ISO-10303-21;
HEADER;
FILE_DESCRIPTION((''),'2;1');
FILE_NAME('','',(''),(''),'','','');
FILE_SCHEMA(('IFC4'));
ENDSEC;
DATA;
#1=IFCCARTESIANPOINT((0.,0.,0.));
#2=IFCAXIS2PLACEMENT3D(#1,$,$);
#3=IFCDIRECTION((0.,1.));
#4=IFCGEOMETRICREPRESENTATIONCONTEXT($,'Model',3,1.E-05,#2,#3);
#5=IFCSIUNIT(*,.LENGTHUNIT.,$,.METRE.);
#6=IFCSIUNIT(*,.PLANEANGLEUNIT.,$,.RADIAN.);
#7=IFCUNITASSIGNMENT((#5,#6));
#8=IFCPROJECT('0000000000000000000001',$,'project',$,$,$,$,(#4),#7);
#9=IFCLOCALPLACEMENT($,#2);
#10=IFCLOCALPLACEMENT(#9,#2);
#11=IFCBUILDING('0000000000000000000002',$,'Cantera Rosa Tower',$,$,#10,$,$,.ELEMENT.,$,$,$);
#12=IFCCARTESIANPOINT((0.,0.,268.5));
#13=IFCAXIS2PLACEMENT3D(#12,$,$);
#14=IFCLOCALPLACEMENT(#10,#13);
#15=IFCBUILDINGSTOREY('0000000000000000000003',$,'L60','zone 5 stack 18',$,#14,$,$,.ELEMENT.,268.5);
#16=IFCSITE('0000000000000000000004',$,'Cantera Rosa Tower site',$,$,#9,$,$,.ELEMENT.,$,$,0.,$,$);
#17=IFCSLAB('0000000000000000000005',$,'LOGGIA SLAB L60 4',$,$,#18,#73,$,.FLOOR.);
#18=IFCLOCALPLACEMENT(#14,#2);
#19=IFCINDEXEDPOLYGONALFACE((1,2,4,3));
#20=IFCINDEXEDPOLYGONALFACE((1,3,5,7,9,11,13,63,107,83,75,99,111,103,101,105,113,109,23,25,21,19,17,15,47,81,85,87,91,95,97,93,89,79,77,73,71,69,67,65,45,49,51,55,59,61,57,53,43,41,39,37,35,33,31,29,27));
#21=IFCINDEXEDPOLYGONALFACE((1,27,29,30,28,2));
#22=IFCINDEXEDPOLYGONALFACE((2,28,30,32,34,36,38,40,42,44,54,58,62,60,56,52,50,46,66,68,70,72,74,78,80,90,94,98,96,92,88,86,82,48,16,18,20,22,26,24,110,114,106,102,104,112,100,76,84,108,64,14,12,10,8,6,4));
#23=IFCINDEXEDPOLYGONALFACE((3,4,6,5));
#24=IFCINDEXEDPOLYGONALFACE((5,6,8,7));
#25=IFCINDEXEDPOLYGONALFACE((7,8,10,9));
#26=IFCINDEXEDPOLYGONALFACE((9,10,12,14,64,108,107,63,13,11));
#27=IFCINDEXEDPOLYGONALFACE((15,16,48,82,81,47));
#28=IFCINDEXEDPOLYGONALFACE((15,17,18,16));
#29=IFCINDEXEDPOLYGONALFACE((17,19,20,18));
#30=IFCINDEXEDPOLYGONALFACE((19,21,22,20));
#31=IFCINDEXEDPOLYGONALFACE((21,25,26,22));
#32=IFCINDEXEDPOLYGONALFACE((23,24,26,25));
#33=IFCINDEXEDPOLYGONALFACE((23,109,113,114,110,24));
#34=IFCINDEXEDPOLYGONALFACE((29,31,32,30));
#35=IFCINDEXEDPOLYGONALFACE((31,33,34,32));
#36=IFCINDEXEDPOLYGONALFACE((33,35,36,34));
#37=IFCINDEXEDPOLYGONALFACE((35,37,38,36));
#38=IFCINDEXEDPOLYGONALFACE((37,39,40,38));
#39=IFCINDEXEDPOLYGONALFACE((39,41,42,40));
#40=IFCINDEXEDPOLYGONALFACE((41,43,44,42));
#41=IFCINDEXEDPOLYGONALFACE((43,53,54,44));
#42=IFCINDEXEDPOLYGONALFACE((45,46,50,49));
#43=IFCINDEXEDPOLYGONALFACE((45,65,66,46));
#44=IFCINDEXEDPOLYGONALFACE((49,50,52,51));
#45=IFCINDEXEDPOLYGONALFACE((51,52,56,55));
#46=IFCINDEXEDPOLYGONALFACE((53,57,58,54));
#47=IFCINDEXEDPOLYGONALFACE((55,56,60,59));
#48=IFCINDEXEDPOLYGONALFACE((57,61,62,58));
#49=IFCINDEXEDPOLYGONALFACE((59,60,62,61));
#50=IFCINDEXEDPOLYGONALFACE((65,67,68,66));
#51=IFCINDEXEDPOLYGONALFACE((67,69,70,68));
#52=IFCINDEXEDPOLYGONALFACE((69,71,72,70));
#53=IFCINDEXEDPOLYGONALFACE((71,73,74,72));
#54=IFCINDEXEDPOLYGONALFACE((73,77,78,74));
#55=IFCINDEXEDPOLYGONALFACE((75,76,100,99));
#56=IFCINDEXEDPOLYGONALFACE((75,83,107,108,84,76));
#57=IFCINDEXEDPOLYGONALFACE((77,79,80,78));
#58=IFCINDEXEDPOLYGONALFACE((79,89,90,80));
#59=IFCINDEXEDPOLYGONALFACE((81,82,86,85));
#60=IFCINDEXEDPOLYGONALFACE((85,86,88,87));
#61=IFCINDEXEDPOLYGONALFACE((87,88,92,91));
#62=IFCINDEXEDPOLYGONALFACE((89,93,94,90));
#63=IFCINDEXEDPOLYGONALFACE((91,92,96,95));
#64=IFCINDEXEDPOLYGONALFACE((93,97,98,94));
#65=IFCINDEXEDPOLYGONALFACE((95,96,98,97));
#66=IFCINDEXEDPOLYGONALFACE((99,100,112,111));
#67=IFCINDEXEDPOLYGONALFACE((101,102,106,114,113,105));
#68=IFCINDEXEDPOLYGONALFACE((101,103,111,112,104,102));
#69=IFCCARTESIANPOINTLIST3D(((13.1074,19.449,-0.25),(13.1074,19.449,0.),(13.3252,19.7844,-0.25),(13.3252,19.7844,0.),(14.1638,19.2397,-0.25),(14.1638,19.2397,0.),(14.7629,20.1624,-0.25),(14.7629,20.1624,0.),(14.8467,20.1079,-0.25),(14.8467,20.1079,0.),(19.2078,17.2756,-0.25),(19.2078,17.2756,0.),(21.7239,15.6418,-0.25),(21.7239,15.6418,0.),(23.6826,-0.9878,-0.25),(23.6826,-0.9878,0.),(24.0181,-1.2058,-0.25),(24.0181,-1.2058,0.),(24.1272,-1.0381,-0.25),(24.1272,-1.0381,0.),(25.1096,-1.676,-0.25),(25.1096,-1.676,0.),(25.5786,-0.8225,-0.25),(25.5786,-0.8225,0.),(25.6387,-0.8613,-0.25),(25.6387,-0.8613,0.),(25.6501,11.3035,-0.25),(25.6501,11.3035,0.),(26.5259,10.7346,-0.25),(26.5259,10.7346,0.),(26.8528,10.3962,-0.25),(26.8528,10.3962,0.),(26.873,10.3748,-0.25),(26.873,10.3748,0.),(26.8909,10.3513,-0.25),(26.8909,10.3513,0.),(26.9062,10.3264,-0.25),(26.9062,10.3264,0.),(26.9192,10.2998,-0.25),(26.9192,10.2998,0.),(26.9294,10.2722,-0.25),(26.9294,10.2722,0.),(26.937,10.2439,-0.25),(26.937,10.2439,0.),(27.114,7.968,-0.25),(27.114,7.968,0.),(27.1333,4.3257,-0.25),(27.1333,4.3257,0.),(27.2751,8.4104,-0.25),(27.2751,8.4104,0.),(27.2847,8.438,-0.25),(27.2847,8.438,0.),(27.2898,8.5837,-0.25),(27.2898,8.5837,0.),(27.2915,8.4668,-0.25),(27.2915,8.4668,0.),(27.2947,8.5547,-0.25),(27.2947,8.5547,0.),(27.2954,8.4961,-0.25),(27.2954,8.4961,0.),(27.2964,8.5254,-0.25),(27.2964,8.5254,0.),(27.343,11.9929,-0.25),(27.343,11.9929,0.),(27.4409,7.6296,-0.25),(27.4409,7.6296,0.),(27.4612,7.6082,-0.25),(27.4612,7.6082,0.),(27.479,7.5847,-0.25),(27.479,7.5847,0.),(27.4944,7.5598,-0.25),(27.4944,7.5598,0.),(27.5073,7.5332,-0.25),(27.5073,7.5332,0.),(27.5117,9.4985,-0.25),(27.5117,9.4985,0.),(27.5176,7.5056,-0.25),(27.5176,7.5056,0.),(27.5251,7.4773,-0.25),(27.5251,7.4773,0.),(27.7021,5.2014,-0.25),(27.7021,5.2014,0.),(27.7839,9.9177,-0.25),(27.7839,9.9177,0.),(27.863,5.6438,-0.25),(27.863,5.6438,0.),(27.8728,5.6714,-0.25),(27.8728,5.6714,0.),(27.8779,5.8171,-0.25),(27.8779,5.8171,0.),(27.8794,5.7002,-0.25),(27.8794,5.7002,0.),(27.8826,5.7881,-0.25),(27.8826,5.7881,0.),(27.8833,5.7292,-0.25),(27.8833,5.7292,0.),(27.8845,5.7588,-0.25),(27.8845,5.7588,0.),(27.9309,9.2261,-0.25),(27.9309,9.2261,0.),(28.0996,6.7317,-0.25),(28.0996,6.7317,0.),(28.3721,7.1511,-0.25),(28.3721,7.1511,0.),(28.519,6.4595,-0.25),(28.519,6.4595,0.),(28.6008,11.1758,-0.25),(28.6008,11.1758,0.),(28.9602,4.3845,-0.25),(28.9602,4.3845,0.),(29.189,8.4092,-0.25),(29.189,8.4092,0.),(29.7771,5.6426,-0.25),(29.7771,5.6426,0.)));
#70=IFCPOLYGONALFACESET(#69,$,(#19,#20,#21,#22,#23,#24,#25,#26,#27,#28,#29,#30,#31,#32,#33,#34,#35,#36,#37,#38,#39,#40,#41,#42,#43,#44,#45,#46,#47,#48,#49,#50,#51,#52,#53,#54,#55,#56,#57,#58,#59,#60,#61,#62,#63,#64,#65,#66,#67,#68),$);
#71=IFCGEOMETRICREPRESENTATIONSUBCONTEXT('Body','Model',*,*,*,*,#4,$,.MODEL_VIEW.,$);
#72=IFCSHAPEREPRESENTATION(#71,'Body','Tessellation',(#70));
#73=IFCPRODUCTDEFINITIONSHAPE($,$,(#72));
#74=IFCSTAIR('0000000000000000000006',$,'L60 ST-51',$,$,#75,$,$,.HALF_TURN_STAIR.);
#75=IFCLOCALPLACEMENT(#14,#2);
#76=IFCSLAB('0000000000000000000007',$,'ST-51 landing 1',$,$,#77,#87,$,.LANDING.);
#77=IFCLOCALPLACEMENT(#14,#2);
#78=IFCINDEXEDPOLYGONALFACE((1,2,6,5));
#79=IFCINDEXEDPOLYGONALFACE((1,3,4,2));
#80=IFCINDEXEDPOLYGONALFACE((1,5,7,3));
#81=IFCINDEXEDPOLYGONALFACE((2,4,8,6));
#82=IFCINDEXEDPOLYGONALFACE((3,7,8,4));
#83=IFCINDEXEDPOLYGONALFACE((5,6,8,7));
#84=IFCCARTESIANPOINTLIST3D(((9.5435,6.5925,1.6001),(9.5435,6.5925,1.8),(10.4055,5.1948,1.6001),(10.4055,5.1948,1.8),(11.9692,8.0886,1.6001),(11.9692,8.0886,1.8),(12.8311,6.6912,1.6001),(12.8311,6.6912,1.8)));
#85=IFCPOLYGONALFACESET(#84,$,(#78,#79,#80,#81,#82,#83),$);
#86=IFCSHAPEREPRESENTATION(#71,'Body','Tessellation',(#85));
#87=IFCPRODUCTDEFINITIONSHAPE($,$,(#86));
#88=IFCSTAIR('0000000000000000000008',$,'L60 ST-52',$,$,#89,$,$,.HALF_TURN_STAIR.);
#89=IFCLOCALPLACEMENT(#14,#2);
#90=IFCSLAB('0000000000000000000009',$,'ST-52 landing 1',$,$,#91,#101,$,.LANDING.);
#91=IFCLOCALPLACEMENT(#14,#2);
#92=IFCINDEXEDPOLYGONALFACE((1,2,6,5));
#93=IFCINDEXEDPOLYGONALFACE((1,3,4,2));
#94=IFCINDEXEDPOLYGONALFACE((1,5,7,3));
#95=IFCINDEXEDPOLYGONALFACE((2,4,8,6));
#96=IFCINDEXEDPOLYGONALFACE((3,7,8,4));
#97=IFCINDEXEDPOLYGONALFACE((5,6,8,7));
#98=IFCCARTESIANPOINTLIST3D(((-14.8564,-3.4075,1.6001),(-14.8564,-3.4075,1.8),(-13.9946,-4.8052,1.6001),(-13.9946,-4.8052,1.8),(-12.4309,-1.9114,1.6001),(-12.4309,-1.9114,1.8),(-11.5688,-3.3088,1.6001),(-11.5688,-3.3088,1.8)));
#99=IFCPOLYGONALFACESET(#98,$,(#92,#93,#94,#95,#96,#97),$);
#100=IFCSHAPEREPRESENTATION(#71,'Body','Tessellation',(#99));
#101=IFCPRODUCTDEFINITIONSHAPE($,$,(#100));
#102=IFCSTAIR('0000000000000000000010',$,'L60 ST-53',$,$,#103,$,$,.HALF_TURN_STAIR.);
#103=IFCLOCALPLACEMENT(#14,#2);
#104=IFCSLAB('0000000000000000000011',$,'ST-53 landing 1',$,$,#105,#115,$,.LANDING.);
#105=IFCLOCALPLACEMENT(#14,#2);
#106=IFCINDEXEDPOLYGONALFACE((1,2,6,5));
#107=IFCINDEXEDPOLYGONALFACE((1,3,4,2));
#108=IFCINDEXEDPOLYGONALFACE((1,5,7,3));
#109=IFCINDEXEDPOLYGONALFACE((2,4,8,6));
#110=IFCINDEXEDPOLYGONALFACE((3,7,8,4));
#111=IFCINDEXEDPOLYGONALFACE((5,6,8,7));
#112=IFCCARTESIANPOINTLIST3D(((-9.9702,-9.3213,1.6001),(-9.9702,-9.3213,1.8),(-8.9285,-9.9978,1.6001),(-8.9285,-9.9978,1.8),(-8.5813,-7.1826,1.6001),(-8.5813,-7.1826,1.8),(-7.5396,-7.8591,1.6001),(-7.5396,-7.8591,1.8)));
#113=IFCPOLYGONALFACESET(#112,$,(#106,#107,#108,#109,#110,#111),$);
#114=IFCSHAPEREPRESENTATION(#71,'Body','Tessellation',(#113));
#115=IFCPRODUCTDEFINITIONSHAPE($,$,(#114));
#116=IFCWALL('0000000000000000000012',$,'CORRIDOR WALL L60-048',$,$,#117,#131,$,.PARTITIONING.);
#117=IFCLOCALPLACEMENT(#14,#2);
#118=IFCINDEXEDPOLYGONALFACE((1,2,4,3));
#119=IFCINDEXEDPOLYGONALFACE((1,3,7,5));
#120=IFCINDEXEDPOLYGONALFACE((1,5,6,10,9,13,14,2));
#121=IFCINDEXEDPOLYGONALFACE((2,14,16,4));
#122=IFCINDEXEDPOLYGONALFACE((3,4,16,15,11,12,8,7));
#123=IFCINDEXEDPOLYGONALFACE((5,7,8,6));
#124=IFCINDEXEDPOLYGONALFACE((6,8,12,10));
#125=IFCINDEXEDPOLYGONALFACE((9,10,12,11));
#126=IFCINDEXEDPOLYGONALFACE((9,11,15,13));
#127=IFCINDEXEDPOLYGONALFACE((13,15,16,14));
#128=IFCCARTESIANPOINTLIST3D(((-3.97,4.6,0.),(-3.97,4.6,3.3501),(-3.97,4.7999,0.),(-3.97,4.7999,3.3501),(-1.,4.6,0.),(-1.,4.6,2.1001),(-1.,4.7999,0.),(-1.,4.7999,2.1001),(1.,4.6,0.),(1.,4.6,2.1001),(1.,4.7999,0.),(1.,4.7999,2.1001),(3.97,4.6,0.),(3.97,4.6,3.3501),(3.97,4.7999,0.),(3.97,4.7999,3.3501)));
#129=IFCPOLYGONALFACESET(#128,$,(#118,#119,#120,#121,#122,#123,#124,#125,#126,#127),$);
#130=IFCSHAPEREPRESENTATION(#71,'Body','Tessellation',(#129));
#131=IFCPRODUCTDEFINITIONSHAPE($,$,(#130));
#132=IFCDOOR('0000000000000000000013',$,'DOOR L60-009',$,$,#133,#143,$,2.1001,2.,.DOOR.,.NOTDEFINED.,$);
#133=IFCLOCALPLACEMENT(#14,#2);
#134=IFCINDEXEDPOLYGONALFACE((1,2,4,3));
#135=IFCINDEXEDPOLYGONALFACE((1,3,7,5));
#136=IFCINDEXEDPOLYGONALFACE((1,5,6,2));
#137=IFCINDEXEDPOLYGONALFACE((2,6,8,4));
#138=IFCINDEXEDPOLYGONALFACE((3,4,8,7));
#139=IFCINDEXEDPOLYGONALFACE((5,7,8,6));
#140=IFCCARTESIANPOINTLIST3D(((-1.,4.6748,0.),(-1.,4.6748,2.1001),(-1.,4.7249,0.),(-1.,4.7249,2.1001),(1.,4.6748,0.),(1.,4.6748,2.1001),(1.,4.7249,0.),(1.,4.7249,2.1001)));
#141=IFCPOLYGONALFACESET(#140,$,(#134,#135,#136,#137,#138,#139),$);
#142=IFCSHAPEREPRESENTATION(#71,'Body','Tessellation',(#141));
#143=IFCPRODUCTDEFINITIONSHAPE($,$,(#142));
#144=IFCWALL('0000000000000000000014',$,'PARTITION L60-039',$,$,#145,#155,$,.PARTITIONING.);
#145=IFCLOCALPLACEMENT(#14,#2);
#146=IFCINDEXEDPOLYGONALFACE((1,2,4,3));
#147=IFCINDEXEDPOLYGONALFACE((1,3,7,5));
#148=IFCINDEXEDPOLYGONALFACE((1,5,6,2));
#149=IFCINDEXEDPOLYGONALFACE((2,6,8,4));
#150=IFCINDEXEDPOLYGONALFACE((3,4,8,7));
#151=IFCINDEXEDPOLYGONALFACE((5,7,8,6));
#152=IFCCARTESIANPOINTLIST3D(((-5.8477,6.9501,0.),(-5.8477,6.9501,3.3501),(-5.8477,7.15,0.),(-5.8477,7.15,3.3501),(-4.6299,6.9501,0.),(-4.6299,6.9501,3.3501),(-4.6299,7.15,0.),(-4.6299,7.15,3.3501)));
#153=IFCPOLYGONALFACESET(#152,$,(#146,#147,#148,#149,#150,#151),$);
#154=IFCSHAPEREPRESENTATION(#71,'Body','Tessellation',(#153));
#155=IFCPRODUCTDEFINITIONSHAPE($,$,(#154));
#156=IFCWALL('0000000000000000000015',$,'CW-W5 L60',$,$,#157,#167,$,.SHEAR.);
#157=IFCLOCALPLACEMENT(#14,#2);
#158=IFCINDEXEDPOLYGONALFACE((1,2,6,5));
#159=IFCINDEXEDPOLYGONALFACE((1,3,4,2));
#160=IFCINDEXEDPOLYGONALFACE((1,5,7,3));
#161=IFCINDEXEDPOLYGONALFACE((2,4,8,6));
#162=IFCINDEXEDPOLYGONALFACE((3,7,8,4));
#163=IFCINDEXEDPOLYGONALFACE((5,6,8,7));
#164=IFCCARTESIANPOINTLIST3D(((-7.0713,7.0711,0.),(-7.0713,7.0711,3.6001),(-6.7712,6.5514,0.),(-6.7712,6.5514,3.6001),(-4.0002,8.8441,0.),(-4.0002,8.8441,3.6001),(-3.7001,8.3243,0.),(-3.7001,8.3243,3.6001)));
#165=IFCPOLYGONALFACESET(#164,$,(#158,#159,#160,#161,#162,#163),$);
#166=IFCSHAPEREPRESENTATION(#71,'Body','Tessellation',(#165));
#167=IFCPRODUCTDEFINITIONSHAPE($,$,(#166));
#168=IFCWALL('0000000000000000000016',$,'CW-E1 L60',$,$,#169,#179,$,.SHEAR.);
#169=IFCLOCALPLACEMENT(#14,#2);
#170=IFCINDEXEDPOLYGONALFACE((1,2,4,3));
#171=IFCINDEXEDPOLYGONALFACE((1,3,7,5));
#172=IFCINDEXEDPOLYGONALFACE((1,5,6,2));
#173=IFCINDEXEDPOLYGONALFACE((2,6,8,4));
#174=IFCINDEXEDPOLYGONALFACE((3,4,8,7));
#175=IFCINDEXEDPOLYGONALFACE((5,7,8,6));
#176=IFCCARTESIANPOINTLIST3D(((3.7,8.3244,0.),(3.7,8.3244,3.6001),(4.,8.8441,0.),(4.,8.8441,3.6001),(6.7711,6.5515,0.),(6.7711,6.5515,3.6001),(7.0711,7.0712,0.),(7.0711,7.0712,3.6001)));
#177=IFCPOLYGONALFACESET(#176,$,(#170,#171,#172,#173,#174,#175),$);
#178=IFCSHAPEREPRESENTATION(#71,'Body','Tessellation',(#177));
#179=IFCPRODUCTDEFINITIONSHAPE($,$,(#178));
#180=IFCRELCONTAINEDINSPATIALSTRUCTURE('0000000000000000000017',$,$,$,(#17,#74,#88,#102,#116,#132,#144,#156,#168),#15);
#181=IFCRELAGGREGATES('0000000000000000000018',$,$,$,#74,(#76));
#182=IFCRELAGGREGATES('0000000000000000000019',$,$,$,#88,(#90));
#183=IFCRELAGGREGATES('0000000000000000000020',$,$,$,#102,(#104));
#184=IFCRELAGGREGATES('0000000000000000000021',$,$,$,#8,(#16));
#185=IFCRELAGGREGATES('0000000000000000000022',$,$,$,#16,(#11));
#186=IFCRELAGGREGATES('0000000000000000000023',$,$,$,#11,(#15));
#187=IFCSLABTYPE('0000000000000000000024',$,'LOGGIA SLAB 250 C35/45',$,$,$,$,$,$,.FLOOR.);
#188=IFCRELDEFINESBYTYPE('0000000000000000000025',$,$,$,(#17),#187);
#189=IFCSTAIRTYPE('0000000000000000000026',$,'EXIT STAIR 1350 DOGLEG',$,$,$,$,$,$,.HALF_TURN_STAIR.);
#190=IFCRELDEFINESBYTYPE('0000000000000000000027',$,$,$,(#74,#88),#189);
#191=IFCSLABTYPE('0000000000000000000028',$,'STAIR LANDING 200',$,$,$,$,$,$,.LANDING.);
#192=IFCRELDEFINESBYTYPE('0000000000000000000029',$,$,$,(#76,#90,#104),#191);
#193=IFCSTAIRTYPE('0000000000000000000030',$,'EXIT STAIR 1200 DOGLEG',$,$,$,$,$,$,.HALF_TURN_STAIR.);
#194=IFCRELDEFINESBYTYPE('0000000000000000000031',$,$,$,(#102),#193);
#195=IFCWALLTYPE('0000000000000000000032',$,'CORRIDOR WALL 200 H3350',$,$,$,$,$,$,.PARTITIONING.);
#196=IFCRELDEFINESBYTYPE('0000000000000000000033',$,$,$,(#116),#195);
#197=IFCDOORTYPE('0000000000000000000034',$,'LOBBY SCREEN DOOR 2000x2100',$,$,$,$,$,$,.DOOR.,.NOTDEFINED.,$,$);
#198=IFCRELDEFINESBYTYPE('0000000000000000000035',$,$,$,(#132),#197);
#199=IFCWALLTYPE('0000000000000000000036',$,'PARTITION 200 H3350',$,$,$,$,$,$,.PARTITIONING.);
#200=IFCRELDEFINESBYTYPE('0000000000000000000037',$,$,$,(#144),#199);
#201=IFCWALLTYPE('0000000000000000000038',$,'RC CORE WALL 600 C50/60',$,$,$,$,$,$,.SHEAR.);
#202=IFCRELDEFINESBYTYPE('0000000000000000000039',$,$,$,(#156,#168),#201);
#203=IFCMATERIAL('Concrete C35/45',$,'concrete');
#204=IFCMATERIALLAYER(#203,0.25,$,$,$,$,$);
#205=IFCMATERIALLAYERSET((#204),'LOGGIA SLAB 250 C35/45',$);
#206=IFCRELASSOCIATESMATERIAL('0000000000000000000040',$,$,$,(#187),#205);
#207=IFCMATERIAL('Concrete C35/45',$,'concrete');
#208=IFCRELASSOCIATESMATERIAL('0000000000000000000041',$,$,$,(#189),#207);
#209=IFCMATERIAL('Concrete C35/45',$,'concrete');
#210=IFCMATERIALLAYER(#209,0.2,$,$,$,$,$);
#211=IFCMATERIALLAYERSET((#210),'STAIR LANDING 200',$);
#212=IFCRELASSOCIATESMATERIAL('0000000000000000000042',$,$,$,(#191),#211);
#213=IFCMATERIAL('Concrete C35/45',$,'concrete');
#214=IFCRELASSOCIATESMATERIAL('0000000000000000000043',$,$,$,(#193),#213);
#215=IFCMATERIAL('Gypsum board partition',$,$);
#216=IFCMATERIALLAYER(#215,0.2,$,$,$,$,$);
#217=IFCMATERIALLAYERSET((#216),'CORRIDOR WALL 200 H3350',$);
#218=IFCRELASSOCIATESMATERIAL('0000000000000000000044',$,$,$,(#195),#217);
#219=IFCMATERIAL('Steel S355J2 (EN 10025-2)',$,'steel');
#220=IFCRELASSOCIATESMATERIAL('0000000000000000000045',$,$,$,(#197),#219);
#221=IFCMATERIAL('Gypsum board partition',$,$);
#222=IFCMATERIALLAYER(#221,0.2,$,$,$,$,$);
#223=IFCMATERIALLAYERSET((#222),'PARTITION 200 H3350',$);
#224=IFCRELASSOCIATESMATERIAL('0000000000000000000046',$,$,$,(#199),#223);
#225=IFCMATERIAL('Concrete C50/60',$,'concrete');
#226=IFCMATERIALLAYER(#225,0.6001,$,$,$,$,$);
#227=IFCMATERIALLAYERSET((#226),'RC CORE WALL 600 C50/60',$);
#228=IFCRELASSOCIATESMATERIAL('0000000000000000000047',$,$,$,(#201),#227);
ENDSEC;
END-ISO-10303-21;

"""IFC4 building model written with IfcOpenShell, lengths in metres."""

from ifc_helpers import new_model, si_unit, direction, frame, frame_2d, origin, place, context, subcontext, project, spatial, polyline, rectangle, outline, extrude, material, layer, layer_set, type_object, element, fill, aggregate, save


model = new_model("IFC4")

# Units and contexts
model_context = context("Model", 3, precision=1e-05, world=origin(), true_north=direction((0.0, 1.0)))
body_context = subcontext(model_context, "Body", "Model", "MODEL_VIEW")
ifc_project = project(units=[si_unit("LENGTHUNIT", "METRE"), si_unit("PLANEANGLEUNIT", "RADIAN")], contexts=[model_context])

# Site, building, storey
site_placement = place(None, origin())
site = spatial("IfcSite", under=ifc_project, at=site_placement, Name="Cantera Rosa Tower site", CompositionType="ELEMENT", RefElevation=0.0)
building_placement = place(site_placement, origin())
building = spatial("IfcBuilding", under=site, at=building_placement, Name="Cantera Rosa Tower", CompositionType="ELEMENT")
storey_placement = place(building_placement, frame((0.0, 0.0, 268.5)))
storey = spatial("IfcBuildingStorey", under=building, at=storey_placement, Name="L60", Description="zone 5 stack 18", CompositionType="ELEMENT", Elevation=268.5)

# Slab
ifc_material_1 = material(Name="Concrete C35/45", Category="concrete")
ifc_layer_1 = layer(ifc_material_1, 0.25)
ifc_layer_set_1 = layer_set([ifc_layer_1], Name="LOGGIA SLAB 250 C35/45")
slab_type_1 = type_object("IfcSlabType", Name="LOGGIA SLAB 250 C35/45", PredefinedType="FLOOR", material=ifc_layer_set_1)
slab_1_placement = place(storey_placement, frame((0.0, 0.0, -0.25)))
element("IfcSlab", 1, at=slab_1_placement, inside=storey, type_object=slab_type_1, Name="LOGGIA SLAB L60 4", PredefinedType="FLOOR", context=body_context, shape_type="SweptSolid", body=[
    extrude(outline(polyline([(21.7239, 15.6418), (27.343, 11.9929), (28.6008, 11.1758), (27.7839, 9.9177), (27.5117, 9.4985), (27.9309, 9.2261), (29.189, 8.4092), (28.3721, 7.1511), (28.0996, 6.7317), (28.519, 6.4595), (29.7771, 5.6426), (28.9602, 4.3845), (25.5786, -0.8225), (25.6387, -0.8613), (25.1096, -1.676), (24.1272, -1.0381), (24.0181, -1.2058), (23.6826, -0.9878), (27.1333, 4.3257), (27.7021, 5.2014), (27.863, 5.6438), (27.8728, 5.6714), (27.8794, 5.7002), (27.8833, 5.7292), (27.8845, 5.7588), (27.8826, 5.7881), (27.8779, 5.8171), (27.5251, 7.4773), (27.5176, 7.5056), (27.5073, 7.5332), (27.4944, 7.5598), (27.479, 7.5847), (27.4612, 7.6082), (27.4409, 7.6296), (27.114, 7.968), (27.2751, 8.4104), (27.2847, 8.438), (27.2915, 8.4668), (27.2954, 8.4961), (27.2964, 8.5254), (27.2947, 8.5547), (27.2898, 8.5837), (26.937, 10.2439), (26.9294, 10.2722), (26.9192, 10.2998), (26.9062, 10.3264), (26.8909, 10.3513), (26.873, 10.3748), (26.8528, 10.3962), (26.5259, 10.7346), (25.6501, 11.3035), (13.1074, 19.449), (13.3252, 19.7844), (14.1638, 19.2397), (14.7629, 20.1624), (14.8467, 20.1079), (19.2078, 17.2756), (21.7239, 15.6418)])), origin(), (0.0, 0.0, 1.0), 0.25),
])

# Stairs, slabs
ifc_material_2 = material(Name="Concrete C35/45", Category="concrete")
stair_type_1 = type_object("IfcStairType", Name="EXIT STAIR 1350 DOGLEG", PredefinedType="HALF_TURN_STAIR", material=ifc_material_2)
stair_1_placement = place(storey_placement, origin())
stair_1 = element("IfcStair", 2, at=stair_1_placement, inside=storey, type_object=stair_type_1, Name="L60 ST-51", PredefinedType="HALF_TURN_STAIR")
ifc_material_3 = material(Name="Concrete C35/45", Category="concrete")
ifc_layer_2 = layer(ifc_material_3, 0.2)
ifc_layer_set_2 = layer_set([ifc_layer_2], Name="STAIR LANDING 200")
slab_type_2 = type_object("IfcSlabType", Name="STAIR LANDING 200", PredefinedType="LANDING", material=ifc_layer_set_2)
slab_2_placement = place(storey_placement, frame((0.0, 0.0, 1.6001)))
slab_2 = element("IfcSlab", 3, at=slab_2_placement, type_object=slab_type_2, Name="ST-51 landing 1", PredefinedType="LANDING", context=body_context, shape_type="SweptSolid", body=[
    extrude(outline(polyline([(12.8311, 6.6912), (11.9692, 8.0886), (9.5435, 6.5925), (10.4055, 5.1948), (12.8311, 6.6912)])), origin(), (0.0, 0.0, 1.0), 0.2),
])
aggregate(stair_1, [slab_2])
stair_2_placement = place(storey_placement, origin())
stair_2 = element("IfcStair", 4, at=stair_2_placement, inside=storey, type_object=stair_type_1, Name="L60 ST-52", PredefinedType="HALF_TURN_STAIR")
slab_3_placement = place(storey_placement, frame((0.0, 0.0, 1.6001)))
slab_3 = element("IfcSlab", 5, at=slab_3_placement, type_object=slab_type_2, Name="ST-52 landing 1", PredefinedType="LANDING", context=body_context, shape_type="SweptSolid", body=[
    extrude(outline(polyline([(-11.5688, -3.3088), (-12.4309, -1.9114), (-14.8564, -3.4075), (-13.9946, -4.8052), (-11.5688, -3.3088)])), origin(), (0.0, 0.0, 1.0), 0.2),
])
aggregate(stair_2, [slab_3])
ifc_material_4 = material(Name="Concrete C35/45", Category="concrete")
stair_type_2 = type_object("IfcStairType", Name="EXIT STAIR 1200 DOGLEG", PredefinedType="HALF_TURN_STAIR", material=ifc_material_4)
stair_3_placement = place(storey_placement, origin())
stair_3 = element("IfcStair", 6, at=stair_3_placement, inside=storey, type_object=stair_type_2, Name="L60 ST-53", PredefinedType="HALF_TURN_STAIR")
slab_4_placement = place(storey_placement, frame((0.0, 0.0, 1.6001)))
slab_4 = element("IfcSlab", 7, at=slab_4_placement, type_object=slab_type_2, Name="ST-53 landing 1", PredefinedType="LANDING", context=body_context, shape_type="SweptSolid", body=[
    extrude(outline(polyline([(-7.5396, -7.8591), (-8.5813, -7.1826), (-9.9702, -9.3213), (-8.9285, -9.9978), (-7.5396, -7.8591)])), origin(), (0.0, 0.0, 1.0), 0.2),
])
aggregate(stair_3, [slab_4])

# Wall, opening, door
ifc_material_5 = material(Name="Gypsum board partition")
ifc_layer_3 = layer(ifc_material_5, 0.2)
ifc_layer_set_3 = layer_set([ifc_layer_3], Name="CORRIDOR WALL 200 H3350")
wall_type_1 = type_object("IfcWallType", Name="CORRIDOR WALL 200 H3350", PredefinedType="PARTITIONING", material=ifc_layer_set_3)
wall_1_placement = place(storey_placement, frame((-3.97, 4.7, 0.0), z_axis=(0.0, 0.0, 1.0), x_axis=(1.0, 0.0, 0.0)))
wall_1 = element("IfcWall", 8, at=wall_1_placement, inside=storey, type_object=wall_type_1, Name="CORRIDOR WALL L60-048", PredefinedType="PARTITIONING", context=body_context, shape_type="SweptSolid", body=[
    extrude(rectangle(XDim=7.9399, YDim=0.2, at=frame_2d((3.97, 0.0))), origin(), (0.0, 0.0, 1.0), 3.3501),
])
opening_placement = place(wall_1_placement, frame((2.97, 0.0, 0.0)))
opening = element("IfcOpeningElement", 9, at=opening_placement, cuts=wall_1, PredefinedType="OPENING", context=body_context, shape_type="SweptSolid", body=[
    extrude(rectangle(XDim=2.0, YDim=2.1001, at=frame_2d((1.0, 1.05))), frame((0.0, 0.1099, 0.0), z_axis=(0.0, -1.0, 0.0), x_axis=(1.0, 0.0, 0.0)), (0.0, 0.0, 1.0), 0.22),
])
ifc_material_6 = material(Name="Steel S355J2 (EN 10025-2)", Category="steel")
door_type = type_object("IfcDoorType", Name="LOBBY SCREEN DOOR 2000x2100", OperationType="NOTDEFINED", PredefinedType="DOOR", material=ifc_material_6)
door_placement = place(opening_placement, origin())
door = element("IfcDoor", 10, at=door_placement, inside=storey, type_object=door_type, Name="DOOR L60-009", OperationType="NOTDEFINED", OverallHeight=2.1001, OverallWidth=2.0, PredefinedType="DOOR", context=body_context, shape_type="SweptSolid", body=[
    extrude(rectangle(XDim=2.0, YDim=2.1001, at=frame_2d((1.0, 1.05))), frame((0.0, 0.0249, 0.0), z_axis=(0.0, -1.0, 0.0), x_axis=(1.0, 0.0, 0.0)), (0.0, 0.0, 1.0), 0.05),
])
fill(opening, door)

# Walls
ifc_material_7 = material(Name="Gypsum board partition")
ifc_layer_4 = layer(ifc_material_7, 0.2)
ifc_layer_set_4 = layer_set([ifc_layer_4], Name="PARTITION 200 H3350")
wall_type_2 = type_object("IfcWallType", Name="PARTITION 200 H3350", PredefinedType="PARTITIONING", material=ifc_layer_set_4)
wall_2_placement = place(storey_placement, frame((-5.8477, 7.05, 0.0), z_axis=(0.0, 0.0, 1.0), x_axis=(1.0, 0.0, 0.0)))
element("IfcWall", 11, at=wall_2_placement, inside=storey, type_object=wall_type_2, Name="PARTITION L60-039", PredefinedType="PARTITIONING", context=body_context, shape_type="SweptSolid", body=[
    extrude(rectangle(XDim=1.2178, YDim=0.2, at=frame_2d((0.6089, 0.0))), origin(), (0.0, 0.0, 1.0), 3.3501),
])
ifc_material_8 = material(Name="Concrete C50/60", Category="concrete")
ifc_layer_5 = layer(ifc_material_8, 0.6001)
ifc_layer_set_5 = layer_set([ifc_layer_5], Name="RC CORE WALL 600 C50/60")
wall_type_3 = type_object("IfcWallType", Name="RC CORE WALL 600 C50/60", PredefinedType="SHEAR", material=ifc_layer_set_5)
for number, where, z_axis, x_axis, name in (
    (12, (-6.9211, 6.8113, 0.0), (0.0, 0.0, 1.0), (0.86604, 0.499975, 0.0), "CW-W5 L60"),
    (13, (3.8501, 8.5842, 0.0), (0.0, 0.0, 1.0), (0.86604, -0.499975, 0.0), "CW-E1 L60"),
):
    element("IfcWall", number, at=place(storey_placement, frame(where, z_axis=z_axis, x_axis=x_axis)), inside=storey, type_object=wall_type_3, Name=name, PredefinedType="SHEAR", context=body_context, shape_type="SweptSolid", body=[
        extrude(rectangle(XDim=3.5461, YDim=0.6001, at=frame_2d((1.7729, 0.0))), origin(), (0.0, 0.0, 1.0), 3.6001),
    ])

save(model, "model.ifc")
